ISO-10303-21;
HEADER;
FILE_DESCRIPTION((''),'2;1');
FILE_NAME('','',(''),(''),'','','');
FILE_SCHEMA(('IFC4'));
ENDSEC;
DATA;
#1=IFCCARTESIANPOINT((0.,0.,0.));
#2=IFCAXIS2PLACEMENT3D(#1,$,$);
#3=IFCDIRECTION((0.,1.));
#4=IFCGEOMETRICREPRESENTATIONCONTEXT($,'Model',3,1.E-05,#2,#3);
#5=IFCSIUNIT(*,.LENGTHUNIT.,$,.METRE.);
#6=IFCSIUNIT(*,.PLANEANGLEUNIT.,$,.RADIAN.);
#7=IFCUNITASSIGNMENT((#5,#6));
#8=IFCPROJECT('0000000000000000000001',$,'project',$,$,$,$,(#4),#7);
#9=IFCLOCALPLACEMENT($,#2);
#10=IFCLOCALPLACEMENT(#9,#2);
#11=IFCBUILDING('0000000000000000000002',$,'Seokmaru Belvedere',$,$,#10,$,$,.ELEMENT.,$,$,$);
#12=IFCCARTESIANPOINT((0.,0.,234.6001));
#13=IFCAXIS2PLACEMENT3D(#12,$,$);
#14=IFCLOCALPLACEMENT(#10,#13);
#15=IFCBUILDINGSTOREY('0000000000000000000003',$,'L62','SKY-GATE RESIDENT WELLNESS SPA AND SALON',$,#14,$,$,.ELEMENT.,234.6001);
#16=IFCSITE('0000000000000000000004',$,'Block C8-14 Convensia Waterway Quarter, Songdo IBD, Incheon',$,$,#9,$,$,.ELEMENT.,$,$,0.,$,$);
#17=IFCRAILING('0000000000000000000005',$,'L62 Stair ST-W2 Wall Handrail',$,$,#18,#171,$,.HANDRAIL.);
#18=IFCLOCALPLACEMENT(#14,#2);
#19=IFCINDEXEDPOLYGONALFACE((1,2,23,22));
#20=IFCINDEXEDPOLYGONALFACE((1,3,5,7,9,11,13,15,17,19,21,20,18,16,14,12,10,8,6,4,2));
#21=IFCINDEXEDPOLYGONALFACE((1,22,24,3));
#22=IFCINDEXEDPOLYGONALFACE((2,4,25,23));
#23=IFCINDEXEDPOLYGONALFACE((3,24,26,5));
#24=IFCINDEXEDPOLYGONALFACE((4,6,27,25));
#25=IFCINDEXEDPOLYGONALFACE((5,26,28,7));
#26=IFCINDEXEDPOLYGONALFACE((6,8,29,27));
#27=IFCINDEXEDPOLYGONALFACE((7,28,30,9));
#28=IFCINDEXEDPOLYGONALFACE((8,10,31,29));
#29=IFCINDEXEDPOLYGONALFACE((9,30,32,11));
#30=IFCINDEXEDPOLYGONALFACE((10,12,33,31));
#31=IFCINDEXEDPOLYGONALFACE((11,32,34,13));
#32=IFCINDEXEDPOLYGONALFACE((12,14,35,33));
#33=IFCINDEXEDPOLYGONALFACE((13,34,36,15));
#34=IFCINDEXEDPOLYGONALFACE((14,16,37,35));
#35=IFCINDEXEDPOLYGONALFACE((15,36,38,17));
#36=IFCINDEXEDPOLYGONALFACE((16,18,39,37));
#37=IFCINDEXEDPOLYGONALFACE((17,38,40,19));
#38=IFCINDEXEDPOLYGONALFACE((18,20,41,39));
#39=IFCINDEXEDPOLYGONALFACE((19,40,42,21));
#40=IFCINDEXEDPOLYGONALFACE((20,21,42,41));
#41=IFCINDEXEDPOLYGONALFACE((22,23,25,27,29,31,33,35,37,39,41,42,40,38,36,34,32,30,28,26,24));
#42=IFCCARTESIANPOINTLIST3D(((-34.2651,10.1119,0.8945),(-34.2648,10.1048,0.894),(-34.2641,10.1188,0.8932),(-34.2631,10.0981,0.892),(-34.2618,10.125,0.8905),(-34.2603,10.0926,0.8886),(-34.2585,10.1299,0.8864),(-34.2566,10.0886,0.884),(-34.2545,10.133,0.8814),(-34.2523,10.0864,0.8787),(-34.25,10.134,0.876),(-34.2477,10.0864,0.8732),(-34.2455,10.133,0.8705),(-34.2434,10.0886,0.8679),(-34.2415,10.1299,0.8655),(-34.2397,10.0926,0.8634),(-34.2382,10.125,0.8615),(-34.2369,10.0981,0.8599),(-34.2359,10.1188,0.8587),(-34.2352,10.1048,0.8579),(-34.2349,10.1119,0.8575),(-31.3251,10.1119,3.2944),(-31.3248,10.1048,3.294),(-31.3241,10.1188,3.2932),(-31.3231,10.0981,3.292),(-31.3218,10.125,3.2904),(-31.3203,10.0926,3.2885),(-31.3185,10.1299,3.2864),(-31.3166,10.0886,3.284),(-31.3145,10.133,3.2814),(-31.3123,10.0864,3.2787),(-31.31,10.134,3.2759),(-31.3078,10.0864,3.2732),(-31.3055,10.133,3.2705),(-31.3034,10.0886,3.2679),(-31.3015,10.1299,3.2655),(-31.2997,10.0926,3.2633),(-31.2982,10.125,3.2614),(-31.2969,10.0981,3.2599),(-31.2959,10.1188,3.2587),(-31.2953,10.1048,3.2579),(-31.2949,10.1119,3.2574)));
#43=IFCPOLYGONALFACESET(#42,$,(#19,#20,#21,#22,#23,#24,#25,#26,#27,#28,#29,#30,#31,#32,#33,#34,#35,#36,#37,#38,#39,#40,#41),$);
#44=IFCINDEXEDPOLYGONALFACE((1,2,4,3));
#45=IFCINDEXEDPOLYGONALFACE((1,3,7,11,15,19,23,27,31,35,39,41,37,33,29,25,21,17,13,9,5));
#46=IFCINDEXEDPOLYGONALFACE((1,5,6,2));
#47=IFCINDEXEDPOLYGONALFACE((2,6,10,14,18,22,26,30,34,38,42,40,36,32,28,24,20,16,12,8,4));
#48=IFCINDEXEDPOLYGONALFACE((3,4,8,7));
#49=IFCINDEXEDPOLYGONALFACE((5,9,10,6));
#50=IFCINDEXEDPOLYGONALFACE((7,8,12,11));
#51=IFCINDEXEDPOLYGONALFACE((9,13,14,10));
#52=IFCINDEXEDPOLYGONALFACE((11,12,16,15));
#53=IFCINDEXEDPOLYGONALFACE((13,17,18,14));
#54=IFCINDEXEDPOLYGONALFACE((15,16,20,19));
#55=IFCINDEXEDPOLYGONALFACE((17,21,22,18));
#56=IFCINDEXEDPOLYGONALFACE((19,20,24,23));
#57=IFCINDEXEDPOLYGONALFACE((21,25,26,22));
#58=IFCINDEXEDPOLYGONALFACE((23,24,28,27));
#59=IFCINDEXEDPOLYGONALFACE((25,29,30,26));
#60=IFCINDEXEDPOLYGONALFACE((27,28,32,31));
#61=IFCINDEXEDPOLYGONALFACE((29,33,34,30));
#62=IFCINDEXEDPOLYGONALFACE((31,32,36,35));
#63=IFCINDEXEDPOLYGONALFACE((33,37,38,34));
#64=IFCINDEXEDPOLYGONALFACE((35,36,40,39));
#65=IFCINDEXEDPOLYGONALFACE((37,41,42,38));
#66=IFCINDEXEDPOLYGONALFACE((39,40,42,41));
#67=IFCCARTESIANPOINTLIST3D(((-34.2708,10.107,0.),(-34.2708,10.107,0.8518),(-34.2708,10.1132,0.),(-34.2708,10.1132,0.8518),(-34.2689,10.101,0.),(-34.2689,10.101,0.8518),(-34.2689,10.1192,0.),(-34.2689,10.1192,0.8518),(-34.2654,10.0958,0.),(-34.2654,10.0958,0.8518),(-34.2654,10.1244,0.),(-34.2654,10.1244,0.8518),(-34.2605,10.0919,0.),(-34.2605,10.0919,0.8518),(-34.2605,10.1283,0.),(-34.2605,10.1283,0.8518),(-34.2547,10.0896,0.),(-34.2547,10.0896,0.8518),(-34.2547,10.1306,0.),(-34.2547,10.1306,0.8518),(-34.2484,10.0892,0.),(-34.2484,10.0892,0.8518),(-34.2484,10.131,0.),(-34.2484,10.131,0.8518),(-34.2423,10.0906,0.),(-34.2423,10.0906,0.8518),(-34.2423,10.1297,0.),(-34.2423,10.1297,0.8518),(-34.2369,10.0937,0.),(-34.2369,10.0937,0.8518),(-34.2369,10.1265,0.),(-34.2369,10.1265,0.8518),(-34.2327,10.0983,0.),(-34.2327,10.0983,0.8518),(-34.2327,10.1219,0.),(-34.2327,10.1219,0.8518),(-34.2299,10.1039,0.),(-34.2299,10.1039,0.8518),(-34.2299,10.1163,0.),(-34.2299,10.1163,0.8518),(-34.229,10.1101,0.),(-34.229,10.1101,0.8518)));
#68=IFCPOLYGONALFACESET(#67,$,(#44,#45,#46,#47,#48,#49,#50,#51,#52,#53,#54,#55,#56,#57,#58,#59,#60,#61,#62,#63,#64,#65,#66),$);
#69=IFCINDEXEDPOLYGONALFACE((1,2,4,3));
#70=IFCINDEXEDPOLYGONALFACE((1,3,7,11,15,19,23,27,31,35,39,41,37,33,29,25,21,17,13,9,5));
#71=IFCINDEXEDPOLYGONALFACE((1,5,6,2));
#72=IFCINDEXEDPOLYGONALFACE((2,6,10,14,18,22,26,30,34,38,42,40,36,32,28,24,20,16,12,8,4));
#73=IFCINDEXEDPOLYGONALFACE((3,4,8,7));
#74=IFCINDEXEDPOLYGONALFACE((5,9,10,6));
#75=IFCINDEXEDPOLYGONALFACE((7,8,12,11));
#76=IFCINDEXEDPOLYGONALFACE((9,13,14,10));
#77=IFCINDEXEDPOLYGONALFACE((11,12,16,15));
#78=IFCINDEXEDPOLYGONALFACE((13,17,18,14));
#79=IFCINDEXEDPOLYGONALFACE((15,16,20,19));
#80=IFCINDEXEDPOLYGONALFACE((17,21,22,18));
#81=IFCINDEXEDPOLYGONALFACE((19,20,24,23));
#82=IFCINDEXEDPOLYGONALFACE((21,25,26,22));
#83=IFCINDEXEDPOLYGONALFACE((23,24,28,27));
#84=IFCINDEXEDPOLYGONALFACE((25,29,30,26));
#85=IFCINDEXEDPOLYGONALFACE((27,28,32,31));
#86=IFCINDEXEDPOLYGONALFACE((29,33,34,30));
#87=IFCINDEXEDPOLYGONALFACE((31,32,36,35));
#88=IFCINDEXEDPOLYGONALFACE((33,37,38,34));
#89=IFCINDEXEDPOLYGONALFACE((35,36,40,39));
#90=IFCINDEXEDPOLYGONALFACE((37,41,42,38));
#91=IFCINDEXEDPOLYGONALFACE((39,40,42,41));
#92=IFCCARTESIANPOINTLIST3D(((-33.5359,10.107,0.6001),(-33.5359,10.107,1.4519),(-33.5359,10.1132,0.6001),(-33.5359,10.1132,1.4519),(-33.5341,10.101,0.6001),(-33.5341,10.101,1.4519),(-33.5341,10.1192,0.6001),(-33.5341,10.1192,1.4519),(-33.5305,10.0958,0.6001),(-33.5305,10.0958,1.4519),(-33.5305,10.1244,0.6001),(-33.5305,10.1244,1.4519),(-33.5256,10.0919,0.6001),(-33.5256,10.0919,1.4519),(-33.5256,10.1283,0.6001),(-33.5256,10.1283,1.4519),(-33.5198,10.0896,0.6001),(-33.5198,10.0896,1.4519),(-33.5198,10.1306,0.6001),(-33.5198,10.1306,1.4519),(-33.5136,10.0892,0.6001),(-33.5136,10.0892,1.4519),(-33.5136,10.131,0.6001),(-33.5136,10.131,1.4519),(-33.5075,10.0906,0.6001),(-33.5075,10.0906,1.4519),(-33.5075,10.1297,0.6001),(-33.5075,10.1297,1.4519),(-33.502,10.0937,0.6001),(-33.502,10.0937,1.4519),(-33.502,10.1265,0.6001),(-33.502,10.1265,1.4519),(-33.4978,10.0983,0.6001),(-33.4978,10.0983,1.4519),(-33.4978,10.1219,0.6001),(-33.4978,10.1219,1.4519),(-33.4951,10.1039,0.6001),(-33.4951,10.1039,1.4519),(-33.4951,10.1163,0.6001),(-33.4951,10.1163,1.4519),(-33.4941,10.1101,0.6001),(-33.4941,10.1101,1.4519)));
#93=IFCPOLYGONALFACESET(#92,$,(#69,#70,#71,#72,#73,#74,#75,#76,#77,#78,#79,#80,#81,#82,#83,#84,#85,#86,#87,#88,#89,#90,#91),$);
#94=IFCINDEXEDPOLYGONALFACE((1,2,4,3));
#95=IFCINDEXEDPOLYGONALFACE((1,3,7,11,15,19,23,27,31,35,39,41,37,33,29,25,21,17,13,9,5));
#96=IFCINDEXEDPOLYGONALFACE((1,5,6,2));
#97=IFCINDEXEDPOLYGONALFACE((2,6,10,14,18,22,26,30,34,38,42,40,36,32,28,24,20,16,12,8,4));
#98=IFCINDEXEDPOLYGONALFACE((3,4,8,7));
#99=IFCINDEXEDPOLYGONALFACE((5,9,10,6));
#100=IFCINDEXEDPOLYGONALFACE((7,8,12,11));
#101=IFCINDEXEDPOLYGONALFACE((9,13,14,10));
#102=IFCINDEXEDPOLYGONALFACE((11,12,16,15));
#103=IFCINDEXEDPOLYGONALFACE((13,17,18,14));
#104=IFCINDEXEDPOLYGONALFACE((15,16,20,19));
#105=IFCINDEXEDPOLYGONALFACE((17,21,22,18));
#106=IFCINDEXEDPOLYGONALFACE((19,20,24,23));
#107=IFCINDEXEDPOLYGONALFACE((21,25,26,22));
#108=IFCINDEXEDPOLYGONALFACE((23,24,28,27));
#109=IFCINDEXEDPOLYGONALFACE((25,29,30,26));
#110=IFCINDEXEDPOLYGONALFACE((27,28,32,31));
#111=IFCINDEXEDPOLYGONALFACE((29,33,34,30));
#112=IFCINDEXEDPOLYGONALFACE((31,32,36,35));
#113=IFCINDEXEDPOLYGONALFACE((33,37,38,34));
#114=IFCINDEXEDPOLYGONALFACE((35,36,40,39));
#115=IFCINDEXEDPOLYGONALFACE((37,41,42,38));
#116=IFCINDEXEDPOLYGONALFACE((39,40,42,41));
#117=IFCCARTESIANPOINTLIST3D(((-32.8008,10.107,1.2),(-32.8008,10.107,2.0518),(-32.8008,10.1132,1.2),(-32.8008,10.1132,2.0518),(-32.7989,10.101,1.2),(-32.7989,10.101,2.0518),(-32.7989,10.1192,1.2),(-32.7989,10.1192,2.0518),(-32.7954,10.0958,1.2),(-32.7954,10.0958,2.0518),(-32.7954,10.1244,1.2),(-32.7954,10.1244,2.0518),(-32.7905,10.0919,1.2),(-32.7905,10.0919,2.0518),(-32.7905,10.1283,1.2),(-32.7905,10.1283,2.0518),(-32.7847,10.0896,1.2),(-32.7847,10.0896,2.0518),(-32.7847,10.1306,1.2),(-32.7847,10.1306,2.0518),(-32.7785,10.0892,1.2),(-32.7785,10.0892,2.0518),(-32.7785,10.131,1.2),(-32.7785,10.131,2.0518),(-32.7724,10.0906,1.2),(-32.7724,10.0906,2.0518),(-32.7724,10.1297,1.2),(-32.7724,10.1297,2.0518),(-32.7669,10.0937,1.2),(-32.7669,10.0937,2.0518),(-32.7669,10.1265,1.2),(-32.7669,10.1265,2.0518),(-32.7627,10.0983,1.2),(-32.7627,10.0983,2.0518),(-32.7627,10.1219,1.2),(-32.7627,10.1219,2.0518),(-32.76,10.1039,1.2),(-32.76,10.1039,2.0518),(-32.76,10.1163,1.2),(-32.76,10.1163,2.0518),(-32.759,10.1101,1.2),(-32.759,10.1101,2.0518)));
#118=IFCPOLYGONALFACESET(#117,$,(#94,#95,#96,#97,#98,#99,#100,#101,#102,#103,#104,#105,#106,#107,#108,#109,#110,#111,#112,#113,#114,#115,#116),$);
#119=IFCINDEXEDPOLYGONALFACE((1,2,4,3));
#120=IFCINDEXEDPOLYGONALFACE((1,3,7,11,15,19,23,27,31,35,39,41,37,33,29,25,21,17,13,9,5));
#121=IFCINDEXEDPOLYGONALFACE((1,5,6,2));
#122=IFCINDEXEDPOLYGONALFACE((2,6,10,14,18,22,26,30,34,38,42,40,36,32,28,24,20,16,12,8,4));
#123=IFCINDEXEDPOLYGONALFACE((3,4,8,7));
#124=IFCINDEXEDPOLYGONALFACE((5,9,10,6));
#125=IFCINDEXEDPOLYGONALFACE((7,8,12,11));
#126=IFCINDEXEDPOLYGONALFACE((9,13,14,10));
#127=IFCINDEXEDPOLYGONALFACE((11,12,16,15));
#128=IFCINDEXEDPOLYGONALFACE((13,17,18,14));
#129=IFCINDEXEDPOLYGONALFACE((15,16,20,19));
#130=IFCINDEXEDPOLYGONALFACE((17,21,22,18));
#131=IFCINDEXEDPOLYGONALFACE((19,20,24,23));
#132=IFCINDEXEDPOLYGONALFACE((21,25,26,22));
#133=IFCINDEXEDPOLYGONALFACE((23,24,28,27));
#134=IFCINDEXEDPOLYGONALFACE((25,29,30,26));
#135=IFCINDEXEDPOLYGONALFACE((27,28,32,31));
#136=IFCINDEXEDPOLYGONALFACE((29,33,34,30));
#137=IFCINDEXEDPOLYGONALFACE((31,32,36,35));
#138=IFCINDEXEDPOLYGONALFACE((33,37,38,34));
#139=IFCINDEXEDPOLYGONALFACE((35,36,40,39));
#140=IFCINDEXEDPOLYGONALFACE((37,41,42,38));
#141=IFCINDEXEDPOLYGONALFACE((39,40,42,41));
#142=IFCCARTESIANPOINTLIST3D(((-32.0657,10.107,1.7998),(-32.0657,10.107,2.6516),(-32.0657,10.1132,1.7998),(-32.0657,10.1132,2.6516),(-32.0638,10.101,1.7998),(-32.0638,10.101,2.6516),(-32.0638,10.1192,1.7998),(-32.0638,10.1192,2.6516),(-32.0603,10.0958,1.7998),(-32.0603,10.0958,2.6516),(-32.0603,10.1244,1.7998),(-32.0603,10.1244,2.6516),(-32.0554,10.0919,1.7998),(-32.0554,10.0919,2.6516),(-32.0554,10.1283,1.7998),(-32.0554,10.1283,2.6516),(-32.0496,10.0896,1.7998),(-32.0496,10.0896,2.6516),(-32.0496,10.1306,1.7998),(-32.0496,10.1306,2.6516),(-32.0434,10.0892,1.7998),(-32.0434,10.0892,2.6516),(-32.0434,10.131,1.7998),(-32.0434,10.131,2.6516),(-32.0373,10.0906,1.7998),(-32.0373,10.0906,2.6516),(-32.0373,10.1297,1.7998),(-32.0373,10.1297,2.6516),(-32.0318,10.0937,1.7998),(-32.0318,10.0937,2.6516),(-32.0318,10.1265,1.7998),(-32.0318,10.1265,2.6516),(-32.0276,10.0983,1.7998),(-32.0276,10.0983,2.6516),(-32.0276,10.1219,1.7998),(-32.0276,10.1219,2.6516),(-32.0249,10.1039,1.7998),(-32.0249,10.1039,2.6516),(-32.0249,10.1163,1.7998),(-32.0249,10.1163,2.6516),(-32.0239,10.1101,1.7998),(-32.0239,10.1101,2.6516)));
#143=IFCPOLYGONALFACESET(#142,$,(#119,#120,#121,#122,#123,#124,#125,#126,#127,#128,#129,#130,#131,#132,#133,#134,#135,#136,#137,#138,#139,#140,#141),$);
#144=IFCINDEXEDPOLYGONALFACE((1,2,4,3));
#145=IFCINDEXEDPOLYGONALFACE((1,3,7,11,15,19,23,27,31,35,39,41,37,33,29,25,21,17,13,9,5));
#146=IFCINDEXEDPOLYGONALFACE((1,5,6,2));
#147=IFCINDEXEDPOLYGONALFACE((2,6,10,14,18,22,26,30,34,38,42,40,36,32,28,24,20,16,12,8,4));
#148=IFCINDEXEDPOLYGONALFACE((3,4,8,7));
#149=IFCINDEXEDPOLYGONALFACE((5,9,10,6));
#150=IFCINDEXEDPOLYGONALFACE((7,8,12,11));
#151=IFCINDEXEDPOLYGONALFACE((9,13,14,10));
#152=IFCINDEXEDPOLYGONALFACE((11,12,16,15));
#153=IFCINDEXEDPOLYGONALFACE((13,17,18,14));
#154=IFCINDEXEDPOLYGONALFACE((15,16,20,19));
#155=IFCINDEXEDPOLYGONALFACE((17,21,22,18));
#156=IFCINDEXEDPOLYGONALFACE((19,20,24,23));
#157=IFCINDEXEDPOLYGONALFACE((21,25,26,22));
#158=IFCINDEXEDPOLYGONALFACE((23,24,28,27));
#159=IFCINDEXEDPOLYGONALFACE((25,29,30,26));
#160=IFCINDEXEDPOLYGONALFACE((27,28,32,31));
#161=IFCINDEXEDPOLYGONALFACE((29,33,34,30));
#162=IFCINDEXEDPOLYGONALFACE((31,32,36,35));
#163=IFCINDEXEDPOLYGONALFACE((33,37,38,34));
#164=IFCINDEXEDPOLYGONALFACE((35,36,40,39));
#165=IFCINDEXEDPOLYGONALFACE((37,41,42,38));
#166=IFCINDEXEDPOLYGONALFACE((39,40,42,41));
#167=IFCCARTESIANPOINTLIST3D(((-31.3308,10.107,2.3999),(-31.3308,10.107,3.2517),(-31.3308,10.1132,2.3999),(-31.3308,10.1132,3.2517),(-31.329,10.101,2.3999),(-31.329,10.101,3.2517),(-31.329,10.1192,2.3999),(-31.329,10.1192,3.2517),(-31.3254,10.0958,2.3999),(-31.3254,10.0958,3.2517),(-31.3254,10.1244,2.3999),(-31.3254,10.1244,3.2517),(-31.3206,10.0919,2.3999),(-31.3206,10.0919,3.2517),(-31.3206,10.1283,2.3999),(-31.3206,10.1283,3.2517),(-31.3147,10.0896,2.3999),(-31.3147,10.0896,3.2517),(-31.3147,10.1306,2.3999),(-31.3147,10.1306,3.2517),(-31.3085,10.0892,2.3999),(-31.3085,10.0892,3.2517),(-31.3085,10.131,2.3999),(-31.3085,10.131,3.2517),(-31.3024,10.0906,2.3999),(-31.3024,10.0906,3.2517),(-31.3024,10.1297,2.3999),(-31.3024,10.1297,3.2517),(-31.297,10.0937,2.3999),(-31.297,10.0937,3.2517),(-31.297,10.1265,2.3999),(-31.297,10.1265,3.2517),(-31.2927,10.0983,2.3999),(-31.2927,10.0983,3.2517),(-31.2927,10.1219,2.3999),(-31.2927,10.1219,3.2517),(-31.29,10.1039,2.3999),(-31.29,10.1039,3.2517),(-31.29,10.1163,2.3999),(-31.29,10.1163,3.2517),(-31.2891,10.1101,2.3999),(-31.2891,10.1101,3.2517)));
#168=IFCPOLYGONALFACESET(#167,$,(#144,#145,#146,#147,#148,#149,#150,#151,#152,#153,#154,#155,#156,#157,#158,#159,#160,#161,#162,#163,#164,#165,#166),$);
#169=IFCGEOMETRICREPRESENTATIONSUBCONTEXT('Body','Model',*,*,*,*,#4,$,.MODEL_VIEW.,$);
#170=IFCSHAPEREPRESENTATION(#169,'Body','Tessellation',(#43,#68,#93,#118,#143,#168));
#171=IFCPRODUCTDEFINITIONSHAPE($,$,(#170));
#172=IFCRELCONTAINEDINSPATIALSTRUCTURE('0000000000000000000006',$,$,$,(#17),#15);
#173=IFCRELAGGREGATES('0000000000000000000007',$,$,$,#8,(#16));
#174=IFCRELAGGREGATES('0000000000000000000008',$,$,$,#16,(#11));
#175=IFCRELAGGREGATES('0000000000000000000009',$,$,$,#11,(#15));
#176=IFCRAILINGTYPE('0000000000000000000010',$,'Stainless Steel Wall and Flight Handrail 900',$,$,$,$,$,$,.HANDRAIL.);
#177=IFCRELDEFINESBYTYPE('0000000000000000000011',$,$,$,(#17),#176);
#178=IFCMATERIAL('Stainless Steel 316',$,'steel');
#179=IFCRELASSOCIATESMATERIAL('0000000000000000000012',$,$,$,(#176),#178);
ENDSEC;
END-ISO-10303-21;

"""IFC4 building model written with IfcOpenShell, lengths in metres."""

from ifc_helpers import new_model, si_unit, direction, frame, origin, origin_2d, place, context, subcontext, project, spatial, circle, extrude, material, type_object, element, save


model = new_model("IFC4")

# Units and contexts
model_context = context("Model", 3, precision=1e-05, world=origin(), true_north=direction((0.0, 1.0)))
body_context = subcontext(model_context, "Body", "Model", "MODEL_VIEW")
ifc_project = project(units=[si_unit("LENGTHUNIT", "METRE"), si_unit("PLANEANGLEUNIT", "RADIAN")], contexts=[model_context])

# Site, building, storey
site_placement = place(None, origin())
site = spatial("IfcSite", under=ifc_project, at=site_placement, Name="Block C8-14 Convensia Waterway Quarter, Songdo IBD, Incheon", CompositionType="ELEMENT", RefElevation=0.0)
building_placement = place(site_placement, origin())
building = spatial("IfcBuilding", under=site, at=building_placement, Name="Seokmaru Belvedere", CompositionType="ELEMENT")
storey_placement = place(building_placement, frame((0.0, 0.0, 234.6001)))
storey = spatial("IfcBuildingStorey", under=building, at=storey_placement, Name="L62", Description="SKY-GATE RESIDENT WELLNESS SPA AND SALON", CompositionType="ELEMENT", Elevation=234.6001)

# Railing
ifc_material_1 = material(Name="Stainless Steel 316", Category="steel")
railing_type_1 = type_object("IfcRailingType", Name="Stainless Steel Wall and Flight Handrail 900", PredefinedType="HANDRAIL", material=ifc_material_1)
railing_1_placement = place(storey_placement, frame((-34.25, 10.1101, 0.0)))
element("IfcRailing", 1, at=railing_1_placement, inside=storey, type_object=railing_type_1, Name="L62 Stair ST-W2 Wall Handrail", PredefinedType="HANDRAIL", context=body_context, shape_type="SweptSolid", body=[
    extrude(circle(Radius=0.0239, at=origin_2d()), frame((0.0, 0.0, 0.876), z_axis=(0.774668, 0.0, 0.632369), x_axis=(0.0, 1.0, 0.0)), (0.0, 0.0, 1.0), 3.7952),
    extrude(circle(Radius=0.021, at=origin_2d()), origin(), (0.0, 0.0, 1.0), 0.8518),
    extrude(circle(Radius=0.021, at=origin_2d()), frame((0.7349, 0.0, 0.6001)), (0.0, 0.0, 1.0), 0.8518),
    extrude(circle(Radius=0.021, at=origin_2d()), frame((1.47, 0.0, 1.2)), (0.0, 0.0, 1.0), 0.8518),
    extrude(circle(Radius=0.021, at=origin_2d()), frame((2.2051, 0.0, 1.7998)), (0.0, 0.0, 1.0), 0.8518),
    extrude(circle(Radius=0.021, at=origin_2d()), frame((2.9399, 0.0, 2.3999)), (0.0, 0.0, 1.0), 0.8518),
])

save(model, "model.ifc")
